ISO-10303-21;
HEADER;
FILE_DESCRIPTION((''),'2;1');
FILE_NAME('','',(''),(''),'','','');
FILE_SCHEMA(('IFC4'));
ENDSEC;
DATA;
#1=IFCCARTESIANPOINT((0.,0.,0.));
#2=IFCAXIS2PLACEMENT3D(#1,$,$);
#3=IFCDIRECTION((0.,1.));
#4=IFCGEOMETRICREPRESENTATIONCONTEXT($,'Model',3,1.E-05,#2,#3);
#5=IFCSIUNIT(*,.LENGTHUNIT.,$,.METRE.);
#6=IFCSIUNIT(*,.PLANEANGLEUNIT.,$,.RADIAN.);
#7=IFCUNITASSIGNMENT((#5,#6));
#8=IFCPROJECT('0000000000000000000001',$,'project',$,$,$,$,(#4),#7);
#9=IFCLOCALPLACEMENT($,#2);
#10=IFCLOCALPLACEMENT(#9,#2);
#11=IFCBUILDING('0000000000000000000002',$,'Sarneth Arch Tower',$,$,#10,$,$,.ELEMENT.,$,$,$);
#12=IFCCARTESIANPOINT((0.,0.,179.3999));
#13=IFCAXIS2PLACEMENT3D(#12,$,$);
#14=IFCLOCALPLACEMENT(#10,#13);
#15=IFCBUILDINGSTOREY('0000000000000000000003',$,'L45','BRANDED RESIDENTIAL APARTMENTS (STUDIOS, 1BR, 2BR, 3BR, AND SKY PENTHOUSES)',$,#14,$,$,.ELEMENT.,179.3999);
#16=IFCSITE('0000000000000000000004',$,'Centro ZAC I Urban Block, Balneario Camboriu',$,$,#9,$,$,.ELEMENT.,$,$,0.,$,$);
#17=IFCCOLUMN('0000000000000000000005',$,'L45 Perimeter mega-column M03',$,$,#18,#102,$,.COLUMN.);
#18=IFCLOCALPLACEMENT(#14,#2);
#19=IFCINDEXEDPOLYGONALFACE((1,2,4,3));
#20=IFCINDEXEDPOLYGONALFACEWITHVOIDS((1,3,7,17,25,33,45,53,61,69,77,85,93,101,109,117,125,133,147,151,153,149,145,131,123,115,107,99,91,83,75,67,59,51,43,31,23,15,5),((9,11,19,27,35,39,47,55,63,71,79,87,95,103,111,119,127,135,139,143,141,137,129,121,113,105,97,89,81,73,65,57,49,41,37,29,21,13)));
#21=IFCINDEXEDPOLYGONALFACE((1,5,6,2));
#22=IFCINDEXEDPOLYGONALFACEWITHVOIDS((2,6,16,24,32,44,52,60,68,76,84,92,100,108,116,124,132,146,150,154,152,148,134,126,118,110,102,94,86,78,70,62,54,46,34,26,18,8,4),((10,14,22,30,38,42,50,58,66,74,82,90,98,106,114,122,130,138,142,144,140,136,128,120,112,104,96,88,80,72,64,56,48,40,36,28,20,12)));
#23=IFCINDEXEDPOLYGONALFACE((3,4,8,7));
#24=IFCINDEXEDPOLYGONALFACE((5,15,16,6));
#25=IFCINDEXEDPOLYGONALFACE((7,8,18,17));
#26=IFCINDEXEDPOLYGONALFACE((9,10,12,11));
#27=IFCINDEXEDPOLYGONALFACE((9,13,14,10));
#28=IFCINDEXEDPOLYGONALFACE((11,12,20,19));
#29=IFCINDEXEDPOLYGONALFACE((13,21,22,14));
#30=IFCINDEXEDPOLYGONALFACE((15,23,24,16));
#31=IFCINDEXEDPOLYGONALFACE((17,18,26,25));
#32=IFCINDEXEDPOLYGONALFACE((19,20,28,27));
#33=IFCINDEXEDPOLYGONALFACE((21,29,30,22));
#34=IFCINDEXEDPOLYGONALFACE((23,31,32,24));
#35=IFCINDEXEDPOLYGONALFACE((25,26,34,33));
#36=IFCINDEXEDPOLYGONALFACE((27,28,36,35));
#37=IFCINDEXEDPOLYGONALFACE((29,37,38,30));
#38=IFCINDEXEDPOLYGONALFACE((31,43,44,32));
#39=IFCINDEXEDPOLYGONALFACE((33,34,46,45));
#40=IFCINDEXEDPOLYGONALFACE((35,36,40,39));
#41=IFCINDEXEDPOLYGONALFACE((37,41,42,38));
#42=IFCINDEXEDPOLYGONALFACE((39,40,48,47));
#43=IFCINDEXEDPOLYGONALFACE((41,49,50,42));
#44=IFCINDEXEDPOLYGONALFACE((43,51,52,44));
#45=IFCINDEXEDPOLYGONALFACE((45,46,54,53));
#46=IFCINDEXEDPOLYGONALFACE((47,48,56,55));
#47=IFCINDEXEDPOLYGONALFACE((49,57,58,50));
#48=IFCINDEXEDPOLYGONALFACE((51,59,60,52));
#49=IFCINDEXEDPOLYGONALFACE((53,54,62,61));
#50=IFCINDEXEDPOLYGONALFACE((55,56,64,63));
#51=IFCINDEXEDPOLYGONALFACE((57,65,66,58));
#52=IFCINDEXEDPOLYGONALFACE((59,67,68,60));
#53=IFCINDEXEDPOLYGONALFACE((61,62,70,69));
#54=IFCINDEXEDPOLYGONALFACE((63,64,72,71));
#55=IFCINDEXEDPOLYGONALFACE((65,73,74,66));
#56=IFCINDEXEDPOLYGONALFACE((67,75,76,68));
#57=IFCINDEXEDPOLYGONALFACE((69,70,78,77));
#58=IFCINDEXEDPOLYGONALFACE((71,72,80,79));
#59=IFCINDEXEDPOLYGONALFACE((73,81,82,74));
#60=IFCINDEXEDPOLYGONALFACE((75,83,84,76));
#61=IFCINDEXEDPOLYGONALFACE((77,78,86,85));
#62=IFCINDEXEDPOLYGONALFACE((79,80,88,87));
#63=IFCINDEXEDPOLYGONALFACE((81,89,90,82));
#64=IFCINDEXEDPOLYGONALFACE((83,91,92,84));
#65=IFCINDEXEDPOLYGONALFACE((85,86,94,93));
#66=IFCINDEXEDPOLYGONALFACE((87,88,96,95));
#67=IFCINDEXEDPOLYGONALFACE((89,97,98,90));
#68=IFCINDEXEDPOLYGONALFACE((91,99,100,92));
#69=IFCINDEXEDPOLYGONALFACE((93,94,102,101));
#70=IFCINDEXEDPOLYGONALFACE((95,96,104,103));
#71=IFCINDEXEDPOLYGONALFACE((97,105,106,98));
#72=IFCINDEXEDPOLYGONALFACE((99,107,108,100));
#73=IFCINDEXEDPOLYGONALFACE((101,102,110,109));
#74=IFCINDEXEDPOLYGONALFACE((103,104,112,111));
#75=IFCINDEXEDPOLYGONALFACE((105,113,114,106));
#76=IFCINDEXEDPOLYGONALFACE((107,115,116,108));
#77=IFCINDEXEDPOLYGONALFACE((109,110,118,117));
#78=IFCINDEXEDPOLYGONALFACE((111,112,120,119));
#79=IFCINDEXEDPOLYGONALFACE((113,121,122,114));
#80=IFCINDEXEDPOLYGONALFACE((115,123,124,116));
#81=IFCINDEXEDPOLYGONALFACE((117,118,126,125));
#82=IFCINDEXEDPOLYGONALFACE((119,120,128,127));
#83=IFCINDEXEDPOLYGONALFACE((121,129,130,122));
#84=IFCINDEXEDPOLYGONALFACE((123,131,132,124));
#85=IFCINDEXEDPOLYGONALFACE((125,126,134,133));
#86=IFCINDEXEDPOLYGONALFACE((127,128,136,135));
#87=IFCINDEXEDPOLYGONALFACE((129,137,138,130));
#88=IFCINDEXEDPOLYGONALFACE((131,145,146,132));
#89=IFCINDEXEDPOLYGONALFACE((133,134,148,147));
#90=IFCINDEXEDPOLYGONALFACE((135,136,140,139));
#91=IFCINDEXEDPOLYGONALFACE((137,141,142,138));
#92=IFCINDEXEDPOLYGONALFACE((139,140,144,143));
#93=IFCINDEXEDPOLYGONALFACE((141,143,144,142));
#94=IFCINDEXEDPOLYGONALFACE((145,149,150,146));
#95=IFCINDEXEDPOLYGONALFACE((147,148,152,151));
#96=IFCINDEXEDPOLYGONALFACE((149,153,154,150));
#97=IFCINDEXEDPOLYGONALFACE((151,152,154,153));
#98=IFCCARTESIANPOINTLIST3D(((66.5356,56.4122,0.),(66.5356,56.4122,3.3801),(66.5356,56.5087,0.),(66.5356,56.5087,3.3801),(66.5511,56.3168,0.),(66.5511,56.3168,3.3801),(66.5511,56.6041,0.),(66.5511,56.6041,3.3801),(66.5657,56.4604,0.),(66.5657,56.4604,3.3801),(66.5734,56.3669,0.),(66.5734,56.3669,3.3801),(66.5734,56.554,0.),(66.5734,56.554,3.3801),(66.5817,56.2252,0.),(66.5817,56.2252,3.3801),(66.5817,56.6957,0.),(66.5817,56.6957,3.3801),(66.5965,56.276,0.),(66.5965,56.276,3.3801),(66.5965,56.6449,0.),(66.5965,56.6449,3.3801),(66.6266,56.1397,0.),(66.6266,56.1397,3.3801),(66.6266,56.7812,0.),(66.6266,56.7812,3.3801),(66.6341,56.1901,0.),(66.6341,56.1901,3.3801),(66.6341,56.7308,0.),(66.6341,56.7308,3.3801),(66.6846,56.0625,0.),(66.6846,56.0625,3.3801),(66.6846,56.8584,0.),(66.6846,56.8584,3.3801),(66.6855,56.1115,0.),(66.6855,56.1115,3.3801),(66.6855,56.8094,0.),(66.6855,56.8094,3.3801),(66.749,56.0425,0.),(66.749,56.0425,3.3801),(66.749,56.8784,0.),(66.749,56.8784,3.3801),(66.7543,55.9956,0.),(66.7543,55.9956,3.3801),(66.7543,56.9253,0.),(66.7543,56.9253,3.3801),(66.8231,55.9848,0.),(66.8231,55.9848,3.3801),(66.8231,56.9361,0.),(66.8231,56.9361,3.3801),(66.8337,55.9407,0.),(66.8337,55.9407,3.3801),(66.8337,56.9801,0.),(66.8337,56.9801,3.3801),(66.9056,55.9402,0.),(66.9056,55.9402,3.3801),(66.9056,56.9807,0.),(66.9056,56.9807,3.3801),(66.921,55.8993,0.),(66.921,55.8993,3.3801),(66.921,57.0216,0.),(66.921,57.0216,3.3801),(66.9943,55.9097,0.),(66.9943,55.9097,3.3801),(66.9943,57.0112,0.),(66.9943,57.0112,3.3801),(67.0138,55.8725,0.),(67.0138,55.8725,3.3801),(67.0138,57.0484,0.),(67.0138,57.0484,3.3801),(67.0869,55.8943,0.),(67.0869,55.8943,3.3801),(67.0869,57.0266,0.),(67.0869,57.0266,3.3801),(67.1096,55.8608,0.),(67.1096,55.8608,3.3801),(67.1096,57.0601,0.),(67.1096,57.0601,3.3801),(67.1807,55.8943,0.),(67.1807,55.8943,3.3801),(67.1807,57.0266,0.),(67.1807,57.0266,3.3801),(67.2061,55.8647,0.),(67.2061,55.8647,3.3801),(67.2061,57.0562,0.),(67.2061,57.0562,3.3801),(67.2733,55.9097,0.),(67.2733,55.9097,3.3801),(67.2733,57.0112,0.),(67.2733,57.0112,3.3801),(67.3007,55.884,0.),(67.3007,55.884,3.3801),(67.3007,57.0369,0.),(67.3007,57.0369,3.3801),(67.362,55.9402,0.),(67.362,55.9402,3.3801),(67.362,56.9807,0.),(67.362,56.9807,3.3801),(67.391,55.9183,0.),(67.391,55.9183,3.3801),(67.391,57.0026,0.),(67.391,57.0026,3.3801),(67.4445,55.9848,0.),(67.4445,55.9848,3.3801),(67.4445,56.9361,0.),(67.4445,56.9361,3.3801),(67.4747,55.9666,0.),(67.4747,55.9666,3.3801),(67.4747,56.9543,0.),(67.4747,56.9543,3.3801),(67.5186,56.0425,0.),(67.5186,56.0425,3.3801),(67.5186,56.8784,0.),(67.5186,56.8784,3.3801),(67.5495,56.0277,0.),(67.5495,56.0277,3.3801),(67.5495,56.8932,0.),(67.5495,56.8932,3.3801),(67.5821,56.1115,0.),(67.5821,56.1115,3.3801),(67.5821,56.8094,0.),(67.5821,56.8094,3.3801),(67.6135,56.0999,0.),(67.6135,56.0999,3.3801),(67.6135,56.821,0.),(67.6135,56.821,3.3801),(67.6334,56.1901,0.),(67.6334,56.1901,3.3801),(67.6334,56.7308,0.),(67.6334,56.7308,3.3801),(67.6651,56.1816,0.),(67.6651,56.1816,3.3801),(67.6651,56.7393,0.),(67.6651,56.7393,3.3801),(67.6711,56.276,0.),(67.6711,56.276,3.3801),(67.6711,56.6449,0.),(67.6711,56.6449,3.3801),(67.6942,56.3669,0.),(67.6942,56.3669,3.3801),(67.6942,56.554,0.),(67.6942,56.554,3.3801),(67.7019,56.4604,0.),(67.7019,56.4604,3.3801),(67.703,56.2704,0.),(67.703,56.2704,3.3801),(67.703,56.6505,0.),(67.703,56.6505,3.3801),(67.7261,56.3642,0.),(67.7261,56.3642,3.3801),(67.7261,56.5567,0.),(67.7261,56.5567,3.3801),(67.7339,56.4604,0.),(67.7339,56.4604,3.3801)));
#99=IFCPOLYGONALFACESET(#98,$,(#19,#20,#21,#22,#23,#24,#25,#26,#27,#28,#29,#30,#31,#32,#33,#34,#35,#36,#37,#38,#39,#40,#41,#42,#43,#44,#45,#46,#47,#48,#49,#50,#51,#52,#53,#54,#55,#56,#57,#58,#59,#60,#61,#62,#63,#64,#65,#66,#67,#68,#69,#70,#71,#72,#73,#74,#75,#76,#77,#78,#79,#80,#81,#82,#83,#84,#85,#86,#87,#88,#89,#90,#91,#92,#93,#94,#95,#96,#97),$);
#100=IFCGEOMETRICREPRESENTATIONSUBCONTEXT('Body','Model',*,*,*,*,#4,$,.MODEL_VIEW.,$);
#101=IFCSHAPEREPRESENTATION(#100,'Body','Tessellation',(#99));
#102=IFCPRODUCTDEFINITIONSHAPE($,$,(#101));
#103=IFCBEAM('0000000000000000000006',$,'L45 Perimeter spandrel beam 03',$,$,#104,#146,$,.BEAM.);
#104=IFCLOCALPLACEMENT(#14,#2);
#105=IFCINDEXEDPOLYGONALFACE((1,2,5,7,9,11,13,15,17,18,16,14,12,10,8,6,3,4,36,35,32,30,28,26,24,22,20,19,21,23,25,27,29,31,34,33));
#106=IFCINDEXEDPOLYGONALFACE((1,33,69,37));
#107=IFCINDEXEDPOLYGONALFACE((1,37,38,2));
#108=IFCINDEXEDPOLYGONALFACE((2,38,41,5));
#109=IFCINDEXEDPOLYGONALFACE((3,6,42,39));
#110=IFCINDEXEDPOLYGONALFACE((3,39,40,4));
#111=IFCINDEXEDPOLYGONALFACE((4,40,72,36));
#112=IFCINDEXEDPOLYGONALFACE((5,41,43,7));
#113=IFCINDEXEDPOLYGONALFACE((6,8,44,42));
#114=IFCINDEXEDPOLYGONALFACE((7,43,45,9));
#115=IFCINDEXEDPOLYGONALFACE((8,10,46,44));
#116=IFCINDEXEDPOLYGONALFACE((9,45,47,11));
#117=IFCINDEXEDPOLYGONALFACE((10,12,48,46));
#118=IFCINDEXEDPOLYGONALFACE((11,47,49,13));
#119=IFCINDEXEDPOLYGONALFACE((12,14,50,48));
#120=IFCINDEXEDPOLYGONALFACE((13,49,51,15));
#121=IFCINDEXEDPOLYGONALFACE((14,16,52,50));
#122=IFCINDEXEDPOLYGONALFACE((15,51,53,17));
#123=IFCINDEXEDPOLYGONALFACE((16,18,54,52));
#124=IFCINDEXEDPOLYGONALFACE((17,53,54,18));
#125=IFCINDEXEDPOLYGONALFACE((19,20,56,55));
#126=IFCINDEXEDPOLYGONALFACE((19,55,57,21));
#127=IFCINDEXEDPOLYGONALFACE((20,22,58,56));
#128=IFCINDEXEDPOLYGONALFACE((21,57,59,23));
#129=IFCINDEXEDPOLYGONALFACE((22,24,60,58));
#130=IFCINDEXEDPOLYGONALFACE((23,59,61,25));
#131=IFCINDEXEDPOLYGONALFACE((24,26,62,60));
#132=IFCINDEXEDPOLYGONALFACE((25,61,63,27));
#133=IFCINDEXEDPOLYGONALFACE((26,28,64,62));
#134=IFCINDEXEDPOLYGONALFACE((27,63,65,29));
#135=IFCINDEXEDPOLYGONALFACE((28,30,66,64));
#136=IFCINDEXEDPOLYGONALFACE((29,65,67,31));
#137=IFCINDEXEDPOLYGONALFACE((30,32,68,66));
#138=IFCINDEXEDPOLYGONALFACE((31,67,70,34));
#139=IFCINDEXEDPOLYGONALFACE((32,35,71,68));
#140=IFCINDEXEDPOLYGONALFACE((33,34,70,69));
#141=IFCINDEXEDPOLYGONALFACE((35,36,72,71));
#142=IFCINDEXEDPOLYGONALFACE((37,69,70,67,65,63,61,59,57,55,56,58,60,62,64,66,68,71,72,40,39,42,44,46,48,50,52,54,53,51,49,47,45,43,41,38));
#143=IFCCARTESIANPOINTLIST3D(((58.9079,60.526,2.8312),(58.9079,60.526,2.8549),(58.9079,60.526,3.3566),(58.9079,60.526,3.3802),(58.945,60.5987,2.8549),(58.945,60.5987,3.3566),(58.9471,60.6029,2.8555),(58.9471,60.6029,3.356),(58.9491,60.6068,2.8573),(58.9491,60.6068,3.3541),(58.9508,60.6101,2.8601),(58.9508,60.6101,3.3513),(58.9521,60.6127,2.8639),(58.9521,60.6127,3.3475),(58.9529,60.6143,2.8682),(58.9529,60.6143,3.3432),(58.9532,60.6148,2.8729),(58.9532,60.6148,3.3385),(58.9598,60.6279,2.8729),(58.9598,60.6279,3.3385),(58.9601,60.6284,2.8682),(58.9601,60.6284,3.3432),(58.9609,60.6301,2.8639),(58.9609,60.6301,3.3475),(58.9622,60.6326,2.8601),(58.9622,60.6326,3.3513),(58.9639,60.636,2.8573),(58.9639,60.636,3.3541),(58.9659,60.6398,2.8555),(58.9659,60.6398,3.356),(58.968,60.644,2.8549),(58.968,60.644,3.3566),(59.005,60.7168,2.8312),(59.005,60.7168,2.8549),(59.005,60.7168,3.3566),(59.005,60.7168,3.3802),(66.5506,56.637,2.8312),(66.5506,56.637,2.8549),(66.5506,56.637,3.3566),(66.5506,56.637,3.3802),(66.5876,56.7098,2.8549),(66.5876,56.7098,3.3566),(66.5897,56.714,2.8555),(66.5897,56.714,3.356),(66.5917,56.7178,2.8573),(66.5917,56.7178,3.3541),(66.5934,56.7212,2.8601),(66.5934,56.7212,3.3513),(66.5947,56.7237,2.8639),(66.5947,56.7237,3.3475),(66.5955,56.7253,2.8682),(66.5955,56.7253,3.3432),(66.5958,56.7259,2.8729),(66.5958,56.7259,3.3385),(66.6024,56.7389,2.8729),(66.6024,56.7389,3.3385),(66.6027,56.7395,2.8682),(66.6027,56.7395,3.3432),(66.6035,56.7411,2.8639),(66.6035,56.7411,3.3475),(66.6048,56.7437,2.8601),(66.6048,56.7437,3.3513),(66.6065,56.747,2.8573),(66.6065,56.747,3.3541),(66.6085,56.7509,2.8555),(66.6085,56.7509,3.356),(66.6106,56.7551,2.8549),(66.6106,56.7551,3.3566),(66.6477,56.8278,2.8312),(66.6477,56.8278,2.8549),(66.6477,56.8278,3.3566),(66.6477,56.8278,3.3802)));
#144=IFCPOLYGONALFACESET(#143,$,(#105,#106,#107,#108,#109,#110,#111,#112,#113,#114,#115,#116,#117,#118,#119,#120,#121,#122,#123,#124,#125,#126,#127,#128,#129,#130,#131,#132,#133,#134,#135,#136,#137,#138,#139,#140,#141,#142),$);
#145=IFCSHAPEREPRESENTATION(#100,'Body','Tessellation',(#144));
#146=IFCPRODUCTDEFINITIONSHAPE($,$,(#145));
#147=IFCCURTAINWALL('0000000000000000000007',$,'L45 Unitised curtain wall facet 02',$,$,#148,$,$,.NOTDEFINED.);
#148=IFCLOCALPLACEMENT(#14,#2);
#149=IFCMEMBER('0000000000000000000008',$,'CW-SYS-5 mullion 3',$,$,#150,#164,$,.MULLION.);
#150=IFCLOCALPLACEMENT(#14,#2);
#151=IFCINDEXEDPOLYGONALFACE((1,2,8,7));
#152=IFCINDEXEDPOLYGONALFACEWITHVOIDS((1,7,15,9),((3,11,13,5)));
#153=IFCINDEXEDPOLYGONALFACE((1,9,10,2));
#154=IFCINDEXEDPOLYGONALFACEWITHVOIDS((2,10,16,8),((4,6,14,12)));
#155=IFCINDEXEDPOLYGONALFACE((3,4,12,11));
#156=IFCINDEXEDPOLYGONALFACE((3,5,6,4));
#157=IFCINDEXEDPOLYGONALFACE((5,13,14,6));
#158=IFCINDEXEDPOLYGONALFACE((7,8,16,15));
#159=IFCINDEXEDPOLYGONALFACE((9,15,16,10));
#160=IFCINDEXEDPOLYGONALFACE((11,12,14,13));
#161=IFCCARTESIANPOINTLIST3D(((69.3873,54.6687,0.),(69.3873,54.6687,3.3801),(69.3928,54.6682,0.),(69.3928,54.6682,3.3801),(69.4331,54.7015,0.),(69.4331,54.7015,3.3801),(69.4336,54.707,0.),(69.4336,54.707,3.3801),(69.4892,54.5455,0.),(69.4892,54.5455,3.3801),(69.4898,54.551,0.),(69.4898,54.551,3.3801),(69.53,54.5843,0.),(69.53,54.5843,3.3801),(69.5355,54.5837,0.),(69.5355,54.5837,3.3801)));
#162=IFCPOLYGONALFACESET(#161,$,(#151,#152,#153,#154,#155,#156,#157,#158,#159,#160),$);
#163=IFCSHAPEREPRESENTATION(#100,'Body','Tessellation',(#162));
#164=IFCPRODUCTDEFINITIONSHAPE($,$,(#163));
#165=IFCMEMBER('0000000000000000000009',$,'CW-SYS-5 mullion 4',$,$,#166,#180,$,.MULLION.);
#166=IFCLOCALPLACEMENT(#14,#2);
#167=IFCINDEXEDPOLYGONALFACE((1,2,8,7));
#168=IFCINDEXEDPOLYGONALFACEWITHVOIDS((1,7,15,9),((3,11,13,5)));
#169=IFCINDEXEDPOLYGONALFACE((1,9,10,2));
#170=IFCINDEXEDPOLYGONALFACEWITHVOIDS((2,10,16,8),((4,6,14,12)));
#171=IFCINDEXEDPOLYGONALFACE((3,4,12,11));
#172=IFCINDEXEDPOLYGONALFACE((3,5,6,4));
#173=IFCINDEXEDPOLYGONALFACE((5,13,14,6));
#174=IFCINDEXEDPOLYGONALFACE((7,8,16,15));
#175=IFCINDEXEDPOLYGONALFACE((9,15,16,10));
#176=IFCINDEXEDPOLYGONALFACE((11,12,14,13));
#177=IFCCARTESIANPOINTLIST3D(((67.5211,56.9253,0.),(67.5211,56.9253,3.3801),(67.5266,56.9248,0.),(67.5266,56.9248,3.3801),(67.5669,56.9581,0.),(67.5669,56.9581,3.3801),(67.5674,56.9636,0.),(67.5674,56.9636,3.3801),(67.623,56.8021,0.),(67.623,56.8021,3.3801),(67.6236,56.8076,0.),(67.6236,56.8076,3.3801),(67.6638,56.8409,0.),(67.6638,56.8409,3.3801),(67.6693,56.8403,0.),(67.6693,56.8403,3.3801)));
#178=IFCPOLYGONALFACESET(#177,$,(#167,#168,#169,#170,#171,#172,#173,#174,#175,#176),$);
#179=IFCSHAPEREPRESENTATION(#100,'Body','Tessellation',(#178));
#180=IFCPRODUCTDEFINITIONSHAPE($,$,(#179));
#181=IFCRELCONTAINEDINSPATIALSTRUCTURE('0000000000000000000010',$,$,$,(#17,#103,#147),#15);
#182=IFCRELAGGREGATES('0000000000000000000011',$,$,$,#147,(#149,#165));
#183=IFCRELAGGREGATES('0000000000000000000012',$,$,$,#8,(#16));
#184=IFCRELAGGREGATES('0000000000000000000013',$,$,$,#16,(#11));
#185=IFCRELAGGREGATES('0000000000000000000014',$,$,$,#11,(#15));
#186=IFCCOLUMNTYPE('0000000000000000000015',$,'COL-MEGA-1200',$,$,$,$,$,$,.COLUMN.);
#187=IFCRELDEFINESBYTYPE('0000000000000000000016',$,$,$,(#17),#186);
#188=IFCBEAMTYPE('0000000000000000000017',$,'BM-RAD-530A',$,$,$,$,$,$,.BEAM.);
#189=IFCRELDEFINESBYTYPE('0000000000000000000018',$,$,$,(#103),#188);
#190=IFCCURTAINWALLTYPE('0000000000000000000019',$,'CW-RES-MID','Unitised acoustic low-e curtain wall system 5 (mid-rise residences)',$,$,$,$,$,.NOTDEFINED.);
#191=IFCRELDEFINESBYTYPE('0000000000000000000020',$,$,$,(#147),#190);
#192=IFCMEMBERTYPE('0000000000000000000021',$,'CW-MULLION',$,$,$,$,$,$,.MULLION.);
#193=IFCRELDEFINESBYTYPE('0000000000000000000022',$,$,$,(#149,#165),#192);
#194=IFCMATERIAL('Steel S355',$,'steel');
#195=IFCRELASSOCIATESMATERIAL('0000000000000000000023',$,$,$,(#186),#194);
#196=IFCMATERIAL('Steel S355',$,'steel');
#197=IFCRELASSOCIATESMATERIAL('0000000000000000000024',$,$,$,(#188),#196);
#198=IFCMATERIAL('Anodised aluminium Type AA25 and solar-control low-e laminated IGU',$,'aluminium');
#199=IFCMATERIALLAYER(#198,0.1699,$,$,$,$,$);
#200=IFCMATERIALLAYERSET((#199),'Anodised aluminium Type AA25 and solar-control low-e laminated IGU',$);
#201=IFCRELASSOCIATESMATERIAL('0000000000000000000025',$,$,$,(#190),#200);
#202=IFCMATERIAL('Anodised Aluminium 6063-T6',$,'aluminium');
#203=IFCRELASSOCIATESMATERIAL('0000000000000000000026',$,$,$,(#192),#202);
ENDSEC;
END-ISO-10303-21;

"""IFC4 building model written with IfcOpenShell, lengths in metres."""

from ifc_helpers import new_model, si_unit, direction, frame, origin, origin_2d, place, context, subcontext, project, spatial, hollow_rectangle, hollow_circle, i_section, extrude, material, layer, layer_set, material_profile, profile_set, type_object, element, aggregate, save


model = new_model("IFC4")

# Units and contexts
model_context = context("Model", 3, precision=1e-05, world=origin(), true_north=direction((0.0, 1.0)))
body_context = subcontext(model_context, "Body", "Model", "MODEL_VIEW")
ifc_project = project(units=[si_unit("LENGTHUNIT", "METRE"), si_unit("PLANEANGLEUNIT", "RADIAN")], contexts=[model_context])

# Site, building, storey
site_placement = place(None, origin())
site = spatial("IfcSite", under=ifc_project, at=site_placement, Name="Centro ZAC I Urban Block, Balneario Camboriu", CompositionType="ELEMENT", RefElevation=0.0)
building_placement = place(site_placement, origin())
building = spatial("IfcBuilding", under=site, at=building_placement, Name="Sarneth Arch Tower", CompositionType="ELEMENT")
storey_placement = place(building_placement, frame((0.0, 0.0, 179.3999)))
storey = spatial("IfcBuildingStorey", under=building, at=storey_placement, Name="L45", Description="BRANDED RESIDENTIAL APARTMENTS (STUDIOS, 1BR, 2BR, 3BR, AND SKY PENTHOUSES)", CompositionType="ELEMENT", Elevation=179.3999)

# Column
ifc_material_1 = material(Name="Steel S355", Category="steel")
ifc_material_profile_1 = material_profile(ifc_material_1, hollow_circle(Radius=0.6001, WallThickness=0.032, at=origin_2d()), Name="CHS1200x32")
ifc_profile_set_1 = profile_set([ifc_material_profile_1], Name="Steel S355")
column_type = type_object("IfcColumnType", Name="COL-MEGA-1200", PredefinedType="COLUMN", material=ifc_profile_set_1)
column_placement = place(storey_placement, frame((67.1338, 56.4604, 0.0), z_axis=(0.0, 0.0, 1.0), x_axis=(1.0, 0.0, 0.0)))
element("IfcColumn", 1, at=column_placement, inside=storey, type_object=column_type, Name="L45 Perimeter mega-column M03", PredefinedType="COLUMN", context=body_context, shape_type="SweptSolid", body=[
    extrude(hollow_circle(Radius=0.6001, WallThickness=0.032, at=origin_2d()), origin(), (0.0, 0.0, 1.0), 3.3801),
])

# Beam
ifc_material_2 = material(Name="Steel S355", Category="steel")
ifc_material_profile_2 = material_profile(ifc_material_2, i_section(OverallWidth=0.2141, OverallDepth=0.5491, WebThickness=0.0146, FlangeThickness=0.0237, FilletRadius=0.0181, at=origin_2d()), Name="W530x138")
ifc_profile_set_2 = profile_set([ifc_material_profile_2], Name="Steel S355")
beam_type = type_object("IfcBeamType", Name="BM-RAD-530A", PredefinedType="BEAM", material=ifc_profile_set_2)
beam_placement = place(storey_placement, frame((66.5991, 56.7324, 3.1057), z_axis=(-0.89125, 0.453512, 0.0), x_axis=(-0.453512, -0.89125, 0.0)))
element("IfcBeam", 2, at=beam_placement, inside=storey, type_object=beam_type, Name="L45 Perimeter spandrel beam 03", PredefinedType="BEAM", context=body_context, shape_type="SweptSolid", body=[
    extrude(i_section(OverallWidth=0.2141, OverallDepth=0.5491, WebThickness=0.0146, FlangeThickness=0.0237, FilletRadius=0.0181, at=origin_2d()), origin(), (0.0, 0.0, 1.0), 8.5752),
])

# Curtain wall, members
ifc_material_3 = material(Name="Anodised aluminium Type AA25 and solar-control low-e laminated IGU", Category="aluminium")
ifc_layer_1 = layer(ifc_material_3, 0.1699)
ifc_layer_set_1 = layer_set([ifc_layer_1], Name="Anodised aluminium Type AA25 and solar-control low-e laminated IGU")
curtain_wall_type = type_object("IfcCurtainWallType", Name="CW-RES-MID", Description="Unitised acoustic low-e curtain wall system 5 (mid-rise residences)", PredefinedType="NOTDEFINED", material=ifc_layer_set_1)
curtain_wall_placement = place(storey_placement, origin())
curtain_wall = element("IfcCurtainWall", 3, at=curtain_wall_placement, inside=storey, type_object=curtain_wall_type, Name="L45 Unitised curtain wall facet 02", PredefinedType="NOTDEFINED")
ifc_material_4 = material(Name="Anodised Aluminium 6063-T6", Category="aluminium")
ifc_material_profile_3 = material_profile(ifc_material_4, hollow_rectangle(XDim=0.0601, YDim=0.1599, WallThickness=0.0039, at=origin_2d()), Name="AL-MULL-160x60x4")
ifc_profile_set_3 = profile_set([ifc_material_profile_3], Name="Anodised Aluminium 6063-T6")
member_type_1 = type_object("IfcMemberType", Name="CW-MULLION", PredefinedType="MULLION", material=ifc_profile_set_3)
member_1_placement = place(storey_placement, frame((69.4614, 54.6262, 0.0), z_axis=(0.0, 0.0, 1.0), x_axis=(-0.770591, -0.63733, 0.0)))
member_1 = element("IfcMember", 4, at=member_1_placement, type_object=member_type_1, Name="CW-SYS-5 mullion 3", PredefinedType="MULLION", context=body_context, shape_type="SweptSolid", body=[
    extrude(hollow_rectangle(XDim=0.0601, YDim=0.1599, WallThickness=0.0039, at=origin_2d()), origin(), (0.0, 0.0, 1.0), 3.3801),
])
member_2_placement = place(storey_placement, frame((67.5952, 56.8828, 0.0), z_axis=(0.0, 0.0, 1.0), x_axis=(-0.770591, -0.63733, 0.0)))
member_2 = element("IfcMember", 5, at=member_2_placement, type_object=member_type_1, Name="CW-SYS-5 mullion 4", PredefinedType="MULLION", context=body_context, shape_type="SweptSolid", body=[
    extrude(hollow_rectangle(XDim=0.0601, YDim=0.1599, WallThickness=0.0039, at=origin_2d()), origin(), (0.0, 0.0, 1.0), 3.3801),
])

aggregate(curtain_wall, [member_1, member_2])

save(model, "model.ifc")
